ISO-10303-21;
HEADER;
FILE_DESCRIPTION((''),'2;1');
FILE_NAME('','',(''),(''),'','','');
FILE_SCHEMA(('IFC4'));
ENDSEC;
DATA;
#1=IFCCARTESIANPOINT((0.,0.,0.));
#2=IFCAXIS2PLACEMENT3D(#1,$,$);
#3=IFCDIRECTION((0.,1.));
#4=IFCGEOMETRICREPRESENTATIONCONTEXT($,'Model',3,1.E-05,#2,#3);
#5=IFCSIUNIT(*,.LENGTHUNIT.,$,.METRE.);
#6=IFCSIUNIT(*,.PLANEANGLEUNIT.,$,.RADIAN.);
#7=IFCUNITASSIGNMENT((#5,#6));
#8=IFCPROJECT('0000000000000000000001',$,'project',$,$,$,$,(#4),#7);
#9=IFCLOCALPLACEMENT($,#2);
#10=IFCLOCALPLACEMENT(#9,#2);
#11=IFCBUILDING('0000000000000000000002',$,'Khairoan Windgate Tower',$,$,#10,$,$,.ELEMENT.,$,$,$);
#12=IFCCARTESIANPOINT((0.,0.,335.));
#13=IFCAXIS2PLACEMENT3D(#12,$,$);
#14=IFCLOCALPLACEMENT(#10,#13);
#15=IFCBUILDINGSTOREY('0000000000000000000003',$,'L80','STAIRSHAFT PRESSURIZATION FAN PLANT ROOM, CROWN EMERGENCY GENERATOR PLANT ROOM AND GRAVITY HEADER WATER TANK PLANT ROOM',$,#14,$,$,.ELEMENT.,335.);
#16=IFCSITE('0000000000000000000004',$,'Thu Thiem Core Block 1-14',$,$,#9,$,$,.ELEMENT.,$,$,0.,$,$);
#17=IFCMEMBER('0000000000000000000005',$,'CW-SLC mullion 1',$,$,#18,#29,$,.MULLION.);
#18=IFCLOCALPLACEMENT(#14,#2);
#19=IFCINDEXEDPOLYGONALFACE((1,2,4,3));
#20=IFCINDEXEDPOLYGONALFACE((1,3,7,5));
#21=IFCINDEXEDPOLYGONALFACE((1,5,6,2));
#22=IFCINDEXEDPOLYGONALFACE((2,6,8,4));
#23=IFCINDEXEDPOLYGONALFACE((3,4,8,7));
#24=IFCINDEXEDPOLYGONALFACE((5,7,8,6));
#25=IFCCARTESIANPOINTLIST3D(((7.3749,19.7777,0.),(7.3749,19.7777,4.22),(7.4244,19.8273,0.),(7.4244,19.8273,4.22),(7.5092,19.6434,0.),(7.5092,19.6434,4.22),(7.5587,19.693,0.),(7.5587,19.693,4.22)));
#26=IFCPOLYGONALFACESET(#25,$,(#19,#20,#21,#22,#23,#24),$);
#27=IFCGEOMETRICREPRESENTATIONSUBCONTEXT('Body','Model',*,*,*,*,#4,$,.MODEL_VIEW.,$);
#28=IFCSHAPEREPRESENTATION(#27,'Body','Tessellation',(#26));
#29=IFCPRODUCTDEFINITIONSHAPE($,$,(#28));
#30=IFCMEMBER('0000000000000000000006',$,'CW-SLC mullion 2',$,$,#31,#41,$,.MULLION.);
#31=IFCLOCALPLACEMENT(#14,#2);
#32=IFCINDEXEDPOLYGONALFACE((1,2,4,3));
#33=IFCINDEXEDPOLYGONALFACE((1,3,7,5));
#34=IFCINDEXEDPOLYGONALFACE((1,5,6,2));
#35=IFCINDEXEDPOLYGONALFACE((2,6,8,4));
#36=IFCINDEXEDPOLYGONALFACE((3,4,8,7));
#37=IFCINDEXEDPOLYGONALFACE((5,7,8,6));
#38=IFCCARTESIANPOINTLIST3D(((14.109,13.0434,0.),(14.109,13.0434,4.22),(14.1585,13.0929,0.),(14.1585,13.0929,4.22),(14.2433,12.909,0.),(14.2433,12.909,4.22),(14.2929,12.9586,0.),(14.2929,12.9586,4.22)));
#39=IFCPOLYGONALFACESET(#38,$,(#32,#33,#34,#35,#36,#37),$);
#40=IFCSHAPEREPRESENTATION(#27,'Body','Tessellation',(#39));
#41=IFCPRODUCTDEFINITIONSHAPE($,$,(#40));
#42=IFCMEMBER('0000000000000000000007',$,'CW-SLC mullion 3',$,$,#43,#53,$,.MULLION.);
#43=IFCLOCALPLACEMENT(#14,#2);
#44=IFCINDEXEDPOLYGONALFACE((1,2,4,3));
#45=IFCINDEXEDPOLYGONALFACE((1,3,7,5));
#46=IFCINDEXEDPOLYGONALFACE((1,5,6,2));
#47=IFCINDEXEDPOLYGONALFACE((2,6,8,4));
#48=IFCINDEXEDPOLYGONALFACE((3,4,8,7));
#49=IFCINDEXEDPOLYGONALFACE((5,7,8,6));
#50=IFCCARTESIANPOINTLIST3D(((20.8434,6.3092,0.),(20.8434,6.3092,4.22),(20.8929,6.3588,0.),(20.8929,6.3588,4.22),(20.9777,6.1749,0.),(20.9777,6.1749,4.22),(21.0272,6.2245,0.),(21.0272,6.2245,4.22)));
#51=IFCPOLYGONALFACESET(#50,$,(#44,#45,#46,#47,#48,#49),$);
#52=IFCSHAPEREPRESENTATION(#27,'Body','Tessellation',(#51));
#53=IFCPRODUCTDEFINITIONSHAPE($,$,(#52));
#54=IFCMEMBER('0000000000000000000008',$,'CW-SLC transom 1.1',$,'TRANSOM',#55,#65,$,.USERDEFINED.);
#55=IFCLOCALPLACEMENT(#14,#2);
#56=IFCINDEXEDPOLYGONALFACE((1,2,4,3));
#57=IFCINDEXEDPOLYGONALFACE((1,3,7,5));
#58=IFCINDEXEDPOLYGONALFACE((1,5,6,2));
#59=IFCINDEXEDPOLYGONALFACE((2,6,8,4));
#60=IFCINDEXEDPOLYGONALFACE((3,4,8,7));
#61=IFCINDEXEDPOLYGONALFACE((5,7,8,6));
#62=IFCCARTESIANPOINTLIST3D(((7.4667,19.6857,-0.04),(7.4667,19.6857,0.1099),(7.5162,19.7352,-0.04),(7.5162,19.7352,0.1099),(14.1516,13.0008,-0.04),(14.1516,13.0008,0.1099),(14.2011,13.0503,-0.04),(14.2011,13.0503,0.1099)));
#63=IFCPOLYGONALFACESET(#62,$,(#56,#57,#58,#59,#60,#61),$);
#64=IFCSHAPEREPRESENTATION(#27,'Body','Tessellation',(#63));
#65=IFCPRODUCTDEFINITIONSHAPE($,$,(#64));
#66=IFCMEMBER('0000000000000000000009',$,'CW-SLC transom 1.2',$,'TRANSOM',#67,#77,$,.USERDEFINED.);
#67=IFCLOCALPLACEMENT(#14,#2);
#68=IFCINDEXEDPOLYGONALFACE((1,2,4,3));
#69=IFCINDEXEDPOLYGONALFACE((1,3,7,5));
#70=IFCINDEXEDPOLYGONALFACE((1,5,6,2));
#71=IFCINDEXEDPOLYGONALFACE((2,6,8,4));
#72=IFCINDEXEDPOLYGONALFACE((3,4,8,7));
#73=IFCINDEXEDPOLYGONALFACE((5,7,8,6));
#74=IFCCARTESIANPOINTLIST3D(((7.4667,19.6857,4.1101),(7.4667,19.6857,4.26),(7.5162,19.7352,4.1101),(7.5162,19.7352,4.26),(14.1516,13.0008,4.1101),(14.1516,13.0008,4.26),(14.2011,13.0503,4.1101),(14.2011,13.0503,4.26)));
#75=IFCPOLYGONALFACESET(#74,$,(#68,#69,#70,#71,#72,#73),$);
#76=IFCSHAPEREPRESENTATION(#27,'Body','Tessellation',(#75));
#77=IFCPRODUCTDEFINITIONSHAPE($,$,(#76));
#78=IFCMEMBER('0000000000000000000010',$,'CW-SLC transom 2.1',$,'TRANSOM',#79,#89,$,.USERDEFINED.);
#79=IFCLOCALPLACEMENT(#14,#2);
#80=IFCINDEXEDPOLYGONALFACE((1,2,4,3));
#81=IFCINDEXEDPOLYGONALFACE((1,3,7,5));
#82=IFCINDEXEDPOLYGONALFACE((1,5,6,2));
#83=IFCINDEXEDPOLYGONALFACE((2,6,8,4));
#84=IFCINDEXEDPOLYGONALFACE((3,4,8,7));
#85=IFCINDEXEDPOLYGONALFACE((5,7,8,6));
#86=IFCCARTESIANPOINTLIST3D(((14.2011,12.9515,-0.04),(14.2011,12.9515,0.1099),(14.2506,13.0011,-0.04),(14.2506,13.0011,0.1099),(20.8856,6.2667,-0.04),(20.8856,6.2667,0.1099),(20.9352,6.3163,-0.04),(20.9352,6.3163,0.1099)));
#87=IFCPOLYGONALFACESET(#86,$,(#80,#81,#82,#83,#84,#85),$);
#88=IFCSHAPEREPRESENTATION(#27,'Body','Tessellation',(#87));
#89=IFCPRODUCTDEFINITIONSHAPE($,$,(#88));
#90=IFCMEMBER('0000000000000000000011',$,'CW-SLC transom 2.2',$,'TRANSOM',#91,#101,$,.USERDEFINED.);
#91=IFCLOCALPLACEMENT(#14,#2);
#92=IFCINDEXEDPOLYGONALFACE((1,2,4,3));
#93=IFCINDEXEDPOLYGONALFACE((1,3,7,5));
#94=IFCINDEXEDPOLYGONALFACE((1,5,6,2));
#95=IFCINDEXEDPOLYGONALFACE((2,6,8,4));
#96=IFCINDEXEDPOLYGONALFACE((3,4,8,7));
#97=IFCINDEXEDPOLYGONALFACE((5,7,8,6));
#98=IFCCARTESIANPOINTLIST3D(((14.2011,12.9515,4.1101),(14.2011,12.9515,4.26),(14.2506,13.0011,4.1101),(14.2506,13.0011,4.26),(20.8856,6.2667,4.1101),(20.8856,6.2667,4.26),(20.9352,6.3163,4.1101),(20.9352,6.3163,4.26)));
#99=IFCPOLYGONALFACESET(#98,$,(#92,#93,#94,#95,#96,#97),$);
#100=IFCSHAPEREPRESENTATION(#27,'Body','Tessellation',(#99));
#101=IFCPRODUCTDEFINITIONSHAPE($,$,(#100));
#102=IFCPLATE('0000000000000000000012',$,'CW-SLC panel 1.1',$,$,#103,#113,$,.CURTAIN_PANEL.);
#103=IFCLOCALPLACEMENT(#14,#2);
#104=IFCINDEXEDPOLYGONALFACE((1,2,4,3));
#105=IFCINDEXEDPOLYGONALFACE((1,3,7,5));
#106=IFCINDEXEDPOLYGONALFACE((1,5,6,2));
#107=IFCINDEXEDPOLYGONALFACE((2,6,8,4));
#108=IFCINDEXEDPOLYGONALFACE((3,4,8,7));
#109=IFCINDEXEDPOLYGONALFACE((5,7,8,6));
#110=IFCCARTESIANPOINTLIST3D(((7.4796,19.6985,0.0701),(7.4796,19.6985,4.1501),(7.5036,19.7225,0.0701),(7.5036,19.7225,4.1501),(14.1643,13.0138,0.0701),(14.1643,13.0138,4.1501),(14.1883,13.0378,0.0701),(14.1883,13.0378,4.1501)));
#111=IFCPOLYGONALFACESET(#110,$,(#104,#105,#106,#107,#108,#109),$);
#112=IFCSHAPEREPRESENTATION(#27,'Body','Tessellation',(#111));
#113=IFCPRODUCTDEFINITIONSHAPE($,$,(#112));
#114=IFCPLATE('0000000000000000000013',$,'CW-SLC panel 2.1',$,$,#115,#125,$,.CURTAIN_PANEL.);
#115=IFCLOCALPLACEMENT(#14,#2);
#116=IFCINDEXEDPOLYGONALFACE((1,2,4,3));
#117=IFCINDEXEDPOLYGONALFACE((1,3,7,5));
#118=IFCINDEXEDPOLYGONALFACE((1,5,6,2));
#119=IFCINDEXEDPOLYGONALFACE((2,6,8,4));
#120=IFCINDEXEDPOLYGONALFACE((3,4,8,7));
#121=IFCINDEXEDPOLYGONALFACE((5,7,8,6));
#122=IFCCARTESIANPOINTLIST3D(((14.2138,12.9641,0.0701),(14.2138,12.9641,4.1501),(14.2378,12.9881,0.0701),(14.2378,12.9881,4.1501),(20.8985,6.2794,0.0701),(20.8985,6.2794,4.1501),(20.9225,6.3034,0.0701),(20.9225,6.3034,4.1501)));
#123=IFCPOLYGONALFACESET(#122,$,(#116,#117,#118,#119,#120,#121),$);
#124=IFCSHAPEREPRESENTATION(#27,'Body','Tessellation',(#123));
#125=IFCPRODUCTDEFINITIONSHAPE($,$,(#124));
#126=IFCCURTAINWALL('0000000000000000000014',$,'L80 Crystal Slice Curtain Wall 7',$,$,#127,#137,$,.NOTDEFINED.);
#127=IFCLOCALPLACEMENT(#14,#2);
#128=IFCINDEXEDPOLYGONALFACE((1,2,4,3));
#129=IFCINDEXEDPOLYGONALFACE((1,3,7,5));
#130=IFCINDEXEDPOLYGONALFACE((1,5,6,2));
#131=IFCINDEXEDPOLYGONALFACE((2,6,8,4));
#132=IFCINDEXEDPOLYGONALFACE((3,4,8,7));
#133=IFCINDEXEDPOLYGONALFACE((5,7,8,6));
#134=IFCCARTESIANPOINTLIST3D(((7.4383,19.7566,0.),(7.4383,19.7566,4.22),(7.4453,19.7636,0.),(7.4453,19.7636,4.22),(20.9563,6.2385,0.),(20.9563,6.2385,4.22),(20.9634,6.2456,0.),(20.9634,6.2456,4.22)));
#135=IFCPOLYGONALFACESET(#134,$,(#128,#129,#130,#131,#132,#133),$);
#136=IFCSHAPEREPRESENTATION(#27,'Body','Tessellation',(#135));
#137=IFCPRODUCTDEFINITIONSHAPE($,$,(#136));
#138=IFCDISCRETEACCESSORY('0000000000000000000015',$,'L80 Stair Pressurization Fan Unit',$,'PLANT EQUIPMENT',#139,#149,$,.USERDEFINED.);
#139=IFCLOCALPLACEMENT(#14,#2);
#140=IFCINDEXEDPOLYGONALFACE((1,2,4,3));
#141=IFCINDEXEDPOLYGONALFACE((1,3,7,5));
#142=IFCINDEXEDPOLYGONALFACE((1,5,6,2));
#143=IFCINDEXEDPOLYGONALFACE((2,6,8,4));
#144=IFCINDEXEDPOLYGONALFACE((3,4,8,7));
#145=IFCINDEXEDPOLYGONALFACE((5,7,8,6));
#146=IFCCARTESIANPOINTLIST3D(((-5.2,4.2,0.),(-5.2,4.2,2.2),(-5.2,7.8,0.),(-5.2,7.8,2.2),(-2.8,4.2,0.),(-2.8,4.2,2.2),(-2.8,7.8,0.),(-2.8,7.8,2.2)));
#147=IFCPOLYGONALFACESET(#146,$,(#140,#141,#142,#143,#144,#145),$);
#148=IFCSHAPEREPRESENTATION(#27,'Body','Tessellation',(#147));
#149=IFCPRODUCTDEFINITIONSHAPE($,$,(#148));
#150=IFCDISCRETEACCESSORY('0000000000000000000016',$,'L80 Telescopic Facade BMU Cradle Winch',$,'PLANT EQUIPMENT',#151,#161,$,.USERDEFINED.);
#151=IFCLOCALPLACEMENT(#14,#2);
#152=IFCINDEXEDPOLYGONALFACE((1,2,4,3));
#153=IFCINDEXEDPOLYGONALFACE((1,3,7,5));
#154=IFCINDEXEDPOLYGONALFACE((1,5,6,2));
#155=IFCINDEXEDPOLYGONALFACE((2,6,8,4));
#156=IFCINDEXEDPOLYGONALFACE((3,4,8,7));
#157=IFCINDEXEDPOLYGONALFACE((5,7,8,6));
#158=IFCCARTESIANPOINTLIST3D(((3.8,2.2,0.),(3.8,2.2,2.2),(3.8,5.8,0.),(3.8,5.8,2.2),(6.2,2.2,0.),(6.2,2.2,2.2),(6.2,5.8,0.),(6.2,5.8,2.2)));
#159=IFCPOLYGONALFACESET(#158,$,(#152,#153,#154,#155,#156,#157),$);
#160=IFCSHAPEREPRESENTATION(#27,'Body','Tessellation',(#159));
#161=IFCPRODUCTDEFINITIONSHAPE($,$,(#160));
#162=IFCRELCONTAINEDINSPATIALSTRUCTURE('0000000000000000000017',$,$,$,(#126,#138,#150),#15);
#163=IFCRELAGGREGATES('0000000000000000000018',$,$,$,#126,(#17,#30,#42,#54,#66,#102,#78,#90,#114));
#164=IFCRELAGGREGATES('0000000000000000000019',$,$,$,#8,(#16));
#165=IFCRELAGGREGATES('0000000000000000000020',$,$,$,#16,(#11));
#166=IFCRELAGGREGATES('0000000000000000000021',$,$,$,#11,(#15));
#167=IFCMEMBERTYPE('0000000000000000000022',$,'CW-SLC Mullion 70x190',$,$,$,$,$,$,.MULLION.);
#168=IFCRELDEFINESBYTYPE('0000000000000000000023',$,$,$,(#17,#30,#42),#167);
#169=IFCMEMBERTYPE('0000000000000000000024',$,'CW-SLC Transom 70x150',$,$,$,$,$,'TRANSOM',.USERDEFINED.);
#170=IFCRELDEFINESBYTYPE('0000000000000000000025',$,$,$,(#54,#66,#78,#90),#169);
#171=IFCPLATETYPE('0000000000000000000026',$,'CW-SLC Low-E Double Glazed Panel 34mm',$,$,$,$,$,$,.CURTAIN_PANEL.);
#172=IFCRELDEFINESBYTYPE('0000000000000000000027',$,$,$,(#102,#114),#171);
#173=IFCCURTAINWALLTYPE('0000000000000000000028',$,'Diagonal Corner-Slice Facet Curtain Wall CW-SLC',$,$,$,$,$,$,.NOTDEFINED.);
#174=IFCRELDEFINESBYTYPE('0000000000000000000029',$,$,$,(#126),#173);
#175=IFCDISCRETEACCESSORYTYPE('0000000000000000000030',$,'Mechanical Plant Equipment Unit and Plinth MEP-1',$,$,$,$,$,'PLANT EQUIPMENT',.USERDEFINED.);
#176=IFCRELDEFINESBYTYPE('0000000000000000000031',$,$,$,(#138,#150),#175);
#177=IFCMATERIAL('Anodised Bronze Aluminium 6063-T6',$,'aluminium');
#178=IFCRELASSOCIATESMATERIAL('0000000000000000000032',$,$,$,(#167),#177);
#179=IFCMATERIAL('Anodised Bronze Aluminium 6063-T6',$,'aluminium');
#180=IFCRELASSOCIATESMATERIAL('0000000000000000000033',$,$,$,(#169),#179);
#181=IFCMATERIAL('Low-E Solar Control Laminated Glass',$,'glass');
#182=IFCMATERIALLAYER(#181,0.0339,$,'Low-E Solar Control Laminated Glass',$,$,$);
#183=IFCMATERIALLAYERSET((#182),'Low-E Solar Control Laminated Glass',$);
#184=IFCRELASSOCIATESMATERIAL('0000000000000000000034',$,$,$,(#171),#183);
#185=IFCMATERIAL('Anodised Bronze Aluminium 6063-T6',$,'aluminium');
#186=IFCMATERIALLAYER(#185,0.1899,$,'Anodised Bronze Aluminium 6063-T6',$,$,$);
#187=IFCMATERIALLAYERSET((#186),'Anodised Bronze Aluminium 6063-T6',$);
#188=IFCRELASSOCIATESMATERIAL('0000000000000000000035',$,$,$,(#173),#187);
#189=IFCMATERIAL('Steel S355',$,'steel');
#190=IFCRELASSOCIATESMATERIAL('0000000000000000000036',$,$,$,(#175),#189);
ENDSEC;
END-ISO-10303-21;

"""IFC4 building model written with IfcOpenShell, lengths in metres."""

from ifc_helpers import new_model, si_unit, direction, frame, frame_2d, origin, origin_2d, place, context, subcontext, project, spatial, rectangle, extrude, material, layer, layer_set, material_profile, profile_set, type_object, element, aggregate, save


model = new_model("IFC4")

# Units and contexts
model_context = context("Model", 3, precision=1e-05, world=origin(), true_north=direction((0.0, 1.0)))
body_context = subcontext(model_context, "Body", "Model", "MODEL_VIEW")
ifc_project = project(units=[si_unit("LENGTHUNIT", "METRE"), si_unit("PLANEANGLEUNIT", "RADIAN")], contexts=[model_context])

# Site, building, storey
site_placement = place(None, origin())
site = spatial("IfcSite", under=ifc_project, at=site_placement, Name="Thu Thiem Core Block 1-14", CompositionType="ELEMENT", RefElevation=0.0)
building_placement = place(site_placement, origin())
building = spatial("IfcBuilding", under=site, at=building_placement, Name="Khairoan Windgate Tower", CompositionType="ELEMENT")
storey_placement = place(building_placement, frame((0.0, 0.0, 335.0)))
storey = spatial("IfcBuildingStorey", under=building, at=storey_placement, Name="L80", Description="STAIRSHAFT PRESSURIZATION FAN PLANT ROOM, CROWN EMERGENCY GENERATOR PLANT ROOM AND GRAVITY HEADER WATER TANK PLANT ROOM", CompositionType="ELEMENT", Elevation=335.0)

# Members
ifc_material_1 = material(Name="Anodised Bronze Aluminium 6063-T6", Category="aluminium")
ifc_material_profile_1 = material_profile(ifc_material_1, rectangle(XDim=0.0701, YDim=0.1899, at=origin_2d()))
ifc_profile_set_1 = profile_set([ifc_material_profile_1], Name="Anodised Bronze Aluminium 6063-T6")
member_type_1 = type_object("IfcMemberType", Name="CW-SLC Mullion 70x190", PredefinedType="MULLION", material=ifc_profile_set_1)
member_1_placement = place(storey_placement, frame((7.4668, 19.7354, 0.0), z_axis=(0.0, 0.0, 1.0), x_axis=(0.707107, 0.707107, 0.0)))
member_1 = element("IfcMember", 1, at=member_1_placement, type_object=member_type_1, Name="CW-SLC mullion 1", PredefinedType="MULLION", context=body_context, shape_type="SweptSolid", body=[
    extrude(rectangle(XDim=0.0701, YDim=0.1899, at=origin_2d()), origin(), (0.0, 0.0, 1.0), 4.22),
])
member_2_placement = place(storey_placement, frame((14.2009, 13.001, 0.0), z_axis=(0.0, 0.0, 1.0), x_axis=(0.707107, 0.707107, 0.0)))
member_2 = element("IfcMember", 2, at=member_2_placement, type_object=member_type_1, Name="CW-SLC mullion 2", PredefinedType="MULLION", context=body_context, shape_type="SweptSolid", body=[
    extrude(rectangle(XDim=0.0701, YDim=0.1899, at=origin_2d()), origin(), (0.0, 0.0, 1.0), 4.22),
])
member_3_placement = place(storey_placement, frame((20.9353, 6.2668, 0.0), z_axis=(0.0, 0.0, 1.0), x_axis=(0.707107, 0.707107, 0.0)))
member_3 = element("IfcMember", 3, at=member_3_placement, type_object=member_type_1, Name="CW-SLC mullion 3", PredefinedType="MULLION", context=body_context, shape_type="SweptSolid", body=[
    extrude(rectangle(XDim=0.0701, YDim=0.1899, at=origin_2d()), origin(), (0.0, 0.0, 1.0), 4.22),
])
ifc_material_2 = material(Name="Anodised Bronze Aluminium 6063-T6", Category="aluminium")
ifc_material_profile_2 = material_profile(ifc_material_2, rectangle(XDim=0.0701, YDim=0.1499, at=origin_2d()))
ifc_profile_set_2 = profile_set([ifc_material_profile_2], Name="Anodised Bronze Aluminium 6063-T6")
member_type_2 = type_object("IfcMemberType", Name="CW-SLC Transom 70x150", ElementType="TRANSOM", PredefinedType="USERDEFINED", material=ifc_profile_set_2)
member_4_placement = place(storey_placement, frame((7.4915, 19.7104, 0.0349), z_axis=(0.707107, -0.707107, 0.0), x_axis=(0.707107, 0.707107, 0.0)))
member_4 = element("IfcMember", 4, at=member_4_placement, type_object=member_type_2, Name="CW-SLC transom 1.1", ObjectType="TRANSOM", PredefinedType="USERDEFINED", context=body_context, shape_type="SweptSolid", body=[
    extrude(rectangle(XDim=0.0701, YDim=0.1499, at=origin_2d()), origin(), (0.0, 0.0, 1.0), 9.4539),
])
member_5_placement = place(storey_placement, frame((7.4915, 19.7104, 4.1851), z_axis=(0.707107, -0.707107, 0.0), x_axis=(0.707107, 0.707107, 0.0)))
member_5 = element("IfcMember", 5, at=member_5_placement, type_object=member_type_2, Name="CW-SLC transom 1.2", ObjectType="TRANSOM", PredefinedType="USERDEFINED", context=body_context, shape_type="SweptSolid", body=[
    extrude(rectangle(XDim=0.0701, YDim=0.1499, at=origin_2d()), origin(), (0.0, 0.0, 1.0), 9.4539),
])
member_6_placement = place(storey_placement, frame((14.2258, 12.9763, 0.0349), z_axis=(0.707094, -0.70712, 0.0), x_axis=(0.70712, 0.707094, 0.0)))
member_6 = element("IfcMember", 6, at=member_6_placement, type_object=member_type_2, Name="CW-SLC transom 2.1", ObjectType="TRANSOM", PredefinedType="USERDEFINED", context=body_context, shape_type="SweptSolid", body=[
    extrude(rectangle(XDim=0.0701, YDim=0.1499, at=origin_2d()), origin(), (0.0, 0.0, 1.0), 9.4536),
])
member_7_placement = place(storey_placement, frame((14.2258, 12.9763, 4.1851), z_axis=(0.707094, -0.70712, 0.0), x_axis=(0.70712, 0.707094, 0.0)))
member_7 = element("IfcMember", 7, at=member_7_placement, type_object=member_type_2, Name="CW-SLC transom 2.2", ObjectType="TRANSOM", PredefinedType="USERDEFINED", context=body_context, shape_type="SweptSolid", body=[
    extrude(rectangle(XDim=0.0701, YDim=0.1499, at=origin_2d()), origin(), (0.0, 0.0, 1.0), 9.4536),
])

# Plates
ifc_material_3 = material(Name="Low-E Solar Control Laminated Glass", Category="glass")
ifc_layer_1 = layer(ifc_material_3, 0.0339, Name="Low-E Solar Control Laminated Glass")
ifc_layer_set_1 = layer_set([ifc_layer_1], Name="Low-E Solar Control Laminated Glass")
plate_type = type_object("IfcPlateType", Name="CW-SLC Low-E Double Glazed Panel 34mm", PredefinedType="CURTAIN_PANEL", material=ifc_layer_set_1)
plate_1_placement = place(storey_placement, frame((10.834, 16.3682, 0.0701), z_axis=(0.0, 0.0, 1.0), x_axis=(0.707107, -0.707107, 0.0)))
plate_1 = element("IfcPlate", 8, at=plate_1_placement, type_object=plate_type, Name="CW-SLC panel 1.1", PredefinedType="CURTAIN_PANEL", context=body_context, shape_type="SweptSolid", body=[
    extrude(rectangle(XDim=9.4536, YDim=0.0339, at=origin_2d()), origin(), (0.0, 0.0, 1.0), 4.0801),
])
plate_2_placement = place(storey_placement, frame((17.5681, 9.6338, 0.0701), z_axis=(0.0, 0.0, 1.0), x_axis=(0.707107, -0.707107, 0.0)))
plate_2 = element("IfcPlate", 9, at=plate_2_placement, type_object=plate_type, Name="CW-SLC panel 2.1", PredefinedType="CURTAIN_PANEL", context=body_context, shape_type="SweptSolid", body=[
    extrude(rectangle(XDim=9.4536, YDim=0.0339, at=origin_2d()), origin(), (0.0, 0.0, 1.0), 4.0801),
])

# Curtain wall
ifc_material_4 = material(Name="Anodised Bronze Aluminium 6063-T6", Category="aluminium")
ifc_layer_2 = layer(ifc_material_4, 0.1899, Name="Anodised Bronze Aluminium 6063-T6")
ifc_layer_set_2 = layer_set([ifc_layer_2], Name="Anodised Bronze Aluminium 6063-T6")
curtain_wall_type = type_object("IfcCurtainWallType", Name="Diagonal Corner-Slice Facet Curtain Wall CW-SLC", PredefinedType="NOTDEFINED", material=ifc_layer_set_2)
curtain_wall_placement = place(storey_placement, frame((7.4419, 19.76, 0.0), z_axis=(0.0, 0.0, 1.0), x_axis=(0.707107, -0.707107, 0.0)))
curtain_wall = element("IfcCurtainWall", 10, at=curtain_wall_placement, inside=storey, type_object=curtain_wall_type, Name="L80 Crystal Slice Curtain Wall 7", PredefinedType="NOTDEFINED", context=body_context, shape_type="SweptSolid", body=[
    extrude(rectangle(XDim=19.1174, YDim=0.01, at=frame_2d((9.5586, 0.0))), origin(), (0.0, 0.0, 1.0), 4.22),
])
aggregate(curtain_wall, [member_1, member_2, member_3, member_4, member_5, plate_1, member_6, member_7, plate_2])

# Discrete accessories
ifc_material_5 = material(Name="Steel S355", Category="steel")
discrete_accessory_type = type_object("IfcDiscreteAccessoryType", Name="Mechanical Plant Equipment Unit and Plinth MEP-1", ElementType="PLANT EQUIPMENT", PredefinedType="USERDEFINED", material=ifc_material_5)
for number, where, z_axis, x_axis, name in (
    (11, (-4.0, 6.0, 0.0), (0.0, 0.0, 1.0), (1.0, 0.0, 0.0), "L80 Stair Pressurization Fan Unit"),
    (12, (5.0, 4.0, 0.0), (0.0, 0.0, 1.0), (1.0, 0.0, 0.0), "L80 Telescopic Facade BMU Cradle Winch"),
):
    element("IfcDiscreteAccessory", number, at=place(storey_placement, frame(where, z_axis=z_axis, x_axis=x_axis)), inside=storey, type_object=discrete_accessory_type, Name=name, ObjectType="PLANT EQUIPMENT", PredefinedType="USERDEFINED", context=body_context, shape_type="SweptSolid", body=[
        extrude(rectangle(XDim=2.3999, YDim=3.6001, at=origin_2d()), origin(), (0.0, 0.0, 1.0), 2.2),
    ])

save(model, "model.ifc")
